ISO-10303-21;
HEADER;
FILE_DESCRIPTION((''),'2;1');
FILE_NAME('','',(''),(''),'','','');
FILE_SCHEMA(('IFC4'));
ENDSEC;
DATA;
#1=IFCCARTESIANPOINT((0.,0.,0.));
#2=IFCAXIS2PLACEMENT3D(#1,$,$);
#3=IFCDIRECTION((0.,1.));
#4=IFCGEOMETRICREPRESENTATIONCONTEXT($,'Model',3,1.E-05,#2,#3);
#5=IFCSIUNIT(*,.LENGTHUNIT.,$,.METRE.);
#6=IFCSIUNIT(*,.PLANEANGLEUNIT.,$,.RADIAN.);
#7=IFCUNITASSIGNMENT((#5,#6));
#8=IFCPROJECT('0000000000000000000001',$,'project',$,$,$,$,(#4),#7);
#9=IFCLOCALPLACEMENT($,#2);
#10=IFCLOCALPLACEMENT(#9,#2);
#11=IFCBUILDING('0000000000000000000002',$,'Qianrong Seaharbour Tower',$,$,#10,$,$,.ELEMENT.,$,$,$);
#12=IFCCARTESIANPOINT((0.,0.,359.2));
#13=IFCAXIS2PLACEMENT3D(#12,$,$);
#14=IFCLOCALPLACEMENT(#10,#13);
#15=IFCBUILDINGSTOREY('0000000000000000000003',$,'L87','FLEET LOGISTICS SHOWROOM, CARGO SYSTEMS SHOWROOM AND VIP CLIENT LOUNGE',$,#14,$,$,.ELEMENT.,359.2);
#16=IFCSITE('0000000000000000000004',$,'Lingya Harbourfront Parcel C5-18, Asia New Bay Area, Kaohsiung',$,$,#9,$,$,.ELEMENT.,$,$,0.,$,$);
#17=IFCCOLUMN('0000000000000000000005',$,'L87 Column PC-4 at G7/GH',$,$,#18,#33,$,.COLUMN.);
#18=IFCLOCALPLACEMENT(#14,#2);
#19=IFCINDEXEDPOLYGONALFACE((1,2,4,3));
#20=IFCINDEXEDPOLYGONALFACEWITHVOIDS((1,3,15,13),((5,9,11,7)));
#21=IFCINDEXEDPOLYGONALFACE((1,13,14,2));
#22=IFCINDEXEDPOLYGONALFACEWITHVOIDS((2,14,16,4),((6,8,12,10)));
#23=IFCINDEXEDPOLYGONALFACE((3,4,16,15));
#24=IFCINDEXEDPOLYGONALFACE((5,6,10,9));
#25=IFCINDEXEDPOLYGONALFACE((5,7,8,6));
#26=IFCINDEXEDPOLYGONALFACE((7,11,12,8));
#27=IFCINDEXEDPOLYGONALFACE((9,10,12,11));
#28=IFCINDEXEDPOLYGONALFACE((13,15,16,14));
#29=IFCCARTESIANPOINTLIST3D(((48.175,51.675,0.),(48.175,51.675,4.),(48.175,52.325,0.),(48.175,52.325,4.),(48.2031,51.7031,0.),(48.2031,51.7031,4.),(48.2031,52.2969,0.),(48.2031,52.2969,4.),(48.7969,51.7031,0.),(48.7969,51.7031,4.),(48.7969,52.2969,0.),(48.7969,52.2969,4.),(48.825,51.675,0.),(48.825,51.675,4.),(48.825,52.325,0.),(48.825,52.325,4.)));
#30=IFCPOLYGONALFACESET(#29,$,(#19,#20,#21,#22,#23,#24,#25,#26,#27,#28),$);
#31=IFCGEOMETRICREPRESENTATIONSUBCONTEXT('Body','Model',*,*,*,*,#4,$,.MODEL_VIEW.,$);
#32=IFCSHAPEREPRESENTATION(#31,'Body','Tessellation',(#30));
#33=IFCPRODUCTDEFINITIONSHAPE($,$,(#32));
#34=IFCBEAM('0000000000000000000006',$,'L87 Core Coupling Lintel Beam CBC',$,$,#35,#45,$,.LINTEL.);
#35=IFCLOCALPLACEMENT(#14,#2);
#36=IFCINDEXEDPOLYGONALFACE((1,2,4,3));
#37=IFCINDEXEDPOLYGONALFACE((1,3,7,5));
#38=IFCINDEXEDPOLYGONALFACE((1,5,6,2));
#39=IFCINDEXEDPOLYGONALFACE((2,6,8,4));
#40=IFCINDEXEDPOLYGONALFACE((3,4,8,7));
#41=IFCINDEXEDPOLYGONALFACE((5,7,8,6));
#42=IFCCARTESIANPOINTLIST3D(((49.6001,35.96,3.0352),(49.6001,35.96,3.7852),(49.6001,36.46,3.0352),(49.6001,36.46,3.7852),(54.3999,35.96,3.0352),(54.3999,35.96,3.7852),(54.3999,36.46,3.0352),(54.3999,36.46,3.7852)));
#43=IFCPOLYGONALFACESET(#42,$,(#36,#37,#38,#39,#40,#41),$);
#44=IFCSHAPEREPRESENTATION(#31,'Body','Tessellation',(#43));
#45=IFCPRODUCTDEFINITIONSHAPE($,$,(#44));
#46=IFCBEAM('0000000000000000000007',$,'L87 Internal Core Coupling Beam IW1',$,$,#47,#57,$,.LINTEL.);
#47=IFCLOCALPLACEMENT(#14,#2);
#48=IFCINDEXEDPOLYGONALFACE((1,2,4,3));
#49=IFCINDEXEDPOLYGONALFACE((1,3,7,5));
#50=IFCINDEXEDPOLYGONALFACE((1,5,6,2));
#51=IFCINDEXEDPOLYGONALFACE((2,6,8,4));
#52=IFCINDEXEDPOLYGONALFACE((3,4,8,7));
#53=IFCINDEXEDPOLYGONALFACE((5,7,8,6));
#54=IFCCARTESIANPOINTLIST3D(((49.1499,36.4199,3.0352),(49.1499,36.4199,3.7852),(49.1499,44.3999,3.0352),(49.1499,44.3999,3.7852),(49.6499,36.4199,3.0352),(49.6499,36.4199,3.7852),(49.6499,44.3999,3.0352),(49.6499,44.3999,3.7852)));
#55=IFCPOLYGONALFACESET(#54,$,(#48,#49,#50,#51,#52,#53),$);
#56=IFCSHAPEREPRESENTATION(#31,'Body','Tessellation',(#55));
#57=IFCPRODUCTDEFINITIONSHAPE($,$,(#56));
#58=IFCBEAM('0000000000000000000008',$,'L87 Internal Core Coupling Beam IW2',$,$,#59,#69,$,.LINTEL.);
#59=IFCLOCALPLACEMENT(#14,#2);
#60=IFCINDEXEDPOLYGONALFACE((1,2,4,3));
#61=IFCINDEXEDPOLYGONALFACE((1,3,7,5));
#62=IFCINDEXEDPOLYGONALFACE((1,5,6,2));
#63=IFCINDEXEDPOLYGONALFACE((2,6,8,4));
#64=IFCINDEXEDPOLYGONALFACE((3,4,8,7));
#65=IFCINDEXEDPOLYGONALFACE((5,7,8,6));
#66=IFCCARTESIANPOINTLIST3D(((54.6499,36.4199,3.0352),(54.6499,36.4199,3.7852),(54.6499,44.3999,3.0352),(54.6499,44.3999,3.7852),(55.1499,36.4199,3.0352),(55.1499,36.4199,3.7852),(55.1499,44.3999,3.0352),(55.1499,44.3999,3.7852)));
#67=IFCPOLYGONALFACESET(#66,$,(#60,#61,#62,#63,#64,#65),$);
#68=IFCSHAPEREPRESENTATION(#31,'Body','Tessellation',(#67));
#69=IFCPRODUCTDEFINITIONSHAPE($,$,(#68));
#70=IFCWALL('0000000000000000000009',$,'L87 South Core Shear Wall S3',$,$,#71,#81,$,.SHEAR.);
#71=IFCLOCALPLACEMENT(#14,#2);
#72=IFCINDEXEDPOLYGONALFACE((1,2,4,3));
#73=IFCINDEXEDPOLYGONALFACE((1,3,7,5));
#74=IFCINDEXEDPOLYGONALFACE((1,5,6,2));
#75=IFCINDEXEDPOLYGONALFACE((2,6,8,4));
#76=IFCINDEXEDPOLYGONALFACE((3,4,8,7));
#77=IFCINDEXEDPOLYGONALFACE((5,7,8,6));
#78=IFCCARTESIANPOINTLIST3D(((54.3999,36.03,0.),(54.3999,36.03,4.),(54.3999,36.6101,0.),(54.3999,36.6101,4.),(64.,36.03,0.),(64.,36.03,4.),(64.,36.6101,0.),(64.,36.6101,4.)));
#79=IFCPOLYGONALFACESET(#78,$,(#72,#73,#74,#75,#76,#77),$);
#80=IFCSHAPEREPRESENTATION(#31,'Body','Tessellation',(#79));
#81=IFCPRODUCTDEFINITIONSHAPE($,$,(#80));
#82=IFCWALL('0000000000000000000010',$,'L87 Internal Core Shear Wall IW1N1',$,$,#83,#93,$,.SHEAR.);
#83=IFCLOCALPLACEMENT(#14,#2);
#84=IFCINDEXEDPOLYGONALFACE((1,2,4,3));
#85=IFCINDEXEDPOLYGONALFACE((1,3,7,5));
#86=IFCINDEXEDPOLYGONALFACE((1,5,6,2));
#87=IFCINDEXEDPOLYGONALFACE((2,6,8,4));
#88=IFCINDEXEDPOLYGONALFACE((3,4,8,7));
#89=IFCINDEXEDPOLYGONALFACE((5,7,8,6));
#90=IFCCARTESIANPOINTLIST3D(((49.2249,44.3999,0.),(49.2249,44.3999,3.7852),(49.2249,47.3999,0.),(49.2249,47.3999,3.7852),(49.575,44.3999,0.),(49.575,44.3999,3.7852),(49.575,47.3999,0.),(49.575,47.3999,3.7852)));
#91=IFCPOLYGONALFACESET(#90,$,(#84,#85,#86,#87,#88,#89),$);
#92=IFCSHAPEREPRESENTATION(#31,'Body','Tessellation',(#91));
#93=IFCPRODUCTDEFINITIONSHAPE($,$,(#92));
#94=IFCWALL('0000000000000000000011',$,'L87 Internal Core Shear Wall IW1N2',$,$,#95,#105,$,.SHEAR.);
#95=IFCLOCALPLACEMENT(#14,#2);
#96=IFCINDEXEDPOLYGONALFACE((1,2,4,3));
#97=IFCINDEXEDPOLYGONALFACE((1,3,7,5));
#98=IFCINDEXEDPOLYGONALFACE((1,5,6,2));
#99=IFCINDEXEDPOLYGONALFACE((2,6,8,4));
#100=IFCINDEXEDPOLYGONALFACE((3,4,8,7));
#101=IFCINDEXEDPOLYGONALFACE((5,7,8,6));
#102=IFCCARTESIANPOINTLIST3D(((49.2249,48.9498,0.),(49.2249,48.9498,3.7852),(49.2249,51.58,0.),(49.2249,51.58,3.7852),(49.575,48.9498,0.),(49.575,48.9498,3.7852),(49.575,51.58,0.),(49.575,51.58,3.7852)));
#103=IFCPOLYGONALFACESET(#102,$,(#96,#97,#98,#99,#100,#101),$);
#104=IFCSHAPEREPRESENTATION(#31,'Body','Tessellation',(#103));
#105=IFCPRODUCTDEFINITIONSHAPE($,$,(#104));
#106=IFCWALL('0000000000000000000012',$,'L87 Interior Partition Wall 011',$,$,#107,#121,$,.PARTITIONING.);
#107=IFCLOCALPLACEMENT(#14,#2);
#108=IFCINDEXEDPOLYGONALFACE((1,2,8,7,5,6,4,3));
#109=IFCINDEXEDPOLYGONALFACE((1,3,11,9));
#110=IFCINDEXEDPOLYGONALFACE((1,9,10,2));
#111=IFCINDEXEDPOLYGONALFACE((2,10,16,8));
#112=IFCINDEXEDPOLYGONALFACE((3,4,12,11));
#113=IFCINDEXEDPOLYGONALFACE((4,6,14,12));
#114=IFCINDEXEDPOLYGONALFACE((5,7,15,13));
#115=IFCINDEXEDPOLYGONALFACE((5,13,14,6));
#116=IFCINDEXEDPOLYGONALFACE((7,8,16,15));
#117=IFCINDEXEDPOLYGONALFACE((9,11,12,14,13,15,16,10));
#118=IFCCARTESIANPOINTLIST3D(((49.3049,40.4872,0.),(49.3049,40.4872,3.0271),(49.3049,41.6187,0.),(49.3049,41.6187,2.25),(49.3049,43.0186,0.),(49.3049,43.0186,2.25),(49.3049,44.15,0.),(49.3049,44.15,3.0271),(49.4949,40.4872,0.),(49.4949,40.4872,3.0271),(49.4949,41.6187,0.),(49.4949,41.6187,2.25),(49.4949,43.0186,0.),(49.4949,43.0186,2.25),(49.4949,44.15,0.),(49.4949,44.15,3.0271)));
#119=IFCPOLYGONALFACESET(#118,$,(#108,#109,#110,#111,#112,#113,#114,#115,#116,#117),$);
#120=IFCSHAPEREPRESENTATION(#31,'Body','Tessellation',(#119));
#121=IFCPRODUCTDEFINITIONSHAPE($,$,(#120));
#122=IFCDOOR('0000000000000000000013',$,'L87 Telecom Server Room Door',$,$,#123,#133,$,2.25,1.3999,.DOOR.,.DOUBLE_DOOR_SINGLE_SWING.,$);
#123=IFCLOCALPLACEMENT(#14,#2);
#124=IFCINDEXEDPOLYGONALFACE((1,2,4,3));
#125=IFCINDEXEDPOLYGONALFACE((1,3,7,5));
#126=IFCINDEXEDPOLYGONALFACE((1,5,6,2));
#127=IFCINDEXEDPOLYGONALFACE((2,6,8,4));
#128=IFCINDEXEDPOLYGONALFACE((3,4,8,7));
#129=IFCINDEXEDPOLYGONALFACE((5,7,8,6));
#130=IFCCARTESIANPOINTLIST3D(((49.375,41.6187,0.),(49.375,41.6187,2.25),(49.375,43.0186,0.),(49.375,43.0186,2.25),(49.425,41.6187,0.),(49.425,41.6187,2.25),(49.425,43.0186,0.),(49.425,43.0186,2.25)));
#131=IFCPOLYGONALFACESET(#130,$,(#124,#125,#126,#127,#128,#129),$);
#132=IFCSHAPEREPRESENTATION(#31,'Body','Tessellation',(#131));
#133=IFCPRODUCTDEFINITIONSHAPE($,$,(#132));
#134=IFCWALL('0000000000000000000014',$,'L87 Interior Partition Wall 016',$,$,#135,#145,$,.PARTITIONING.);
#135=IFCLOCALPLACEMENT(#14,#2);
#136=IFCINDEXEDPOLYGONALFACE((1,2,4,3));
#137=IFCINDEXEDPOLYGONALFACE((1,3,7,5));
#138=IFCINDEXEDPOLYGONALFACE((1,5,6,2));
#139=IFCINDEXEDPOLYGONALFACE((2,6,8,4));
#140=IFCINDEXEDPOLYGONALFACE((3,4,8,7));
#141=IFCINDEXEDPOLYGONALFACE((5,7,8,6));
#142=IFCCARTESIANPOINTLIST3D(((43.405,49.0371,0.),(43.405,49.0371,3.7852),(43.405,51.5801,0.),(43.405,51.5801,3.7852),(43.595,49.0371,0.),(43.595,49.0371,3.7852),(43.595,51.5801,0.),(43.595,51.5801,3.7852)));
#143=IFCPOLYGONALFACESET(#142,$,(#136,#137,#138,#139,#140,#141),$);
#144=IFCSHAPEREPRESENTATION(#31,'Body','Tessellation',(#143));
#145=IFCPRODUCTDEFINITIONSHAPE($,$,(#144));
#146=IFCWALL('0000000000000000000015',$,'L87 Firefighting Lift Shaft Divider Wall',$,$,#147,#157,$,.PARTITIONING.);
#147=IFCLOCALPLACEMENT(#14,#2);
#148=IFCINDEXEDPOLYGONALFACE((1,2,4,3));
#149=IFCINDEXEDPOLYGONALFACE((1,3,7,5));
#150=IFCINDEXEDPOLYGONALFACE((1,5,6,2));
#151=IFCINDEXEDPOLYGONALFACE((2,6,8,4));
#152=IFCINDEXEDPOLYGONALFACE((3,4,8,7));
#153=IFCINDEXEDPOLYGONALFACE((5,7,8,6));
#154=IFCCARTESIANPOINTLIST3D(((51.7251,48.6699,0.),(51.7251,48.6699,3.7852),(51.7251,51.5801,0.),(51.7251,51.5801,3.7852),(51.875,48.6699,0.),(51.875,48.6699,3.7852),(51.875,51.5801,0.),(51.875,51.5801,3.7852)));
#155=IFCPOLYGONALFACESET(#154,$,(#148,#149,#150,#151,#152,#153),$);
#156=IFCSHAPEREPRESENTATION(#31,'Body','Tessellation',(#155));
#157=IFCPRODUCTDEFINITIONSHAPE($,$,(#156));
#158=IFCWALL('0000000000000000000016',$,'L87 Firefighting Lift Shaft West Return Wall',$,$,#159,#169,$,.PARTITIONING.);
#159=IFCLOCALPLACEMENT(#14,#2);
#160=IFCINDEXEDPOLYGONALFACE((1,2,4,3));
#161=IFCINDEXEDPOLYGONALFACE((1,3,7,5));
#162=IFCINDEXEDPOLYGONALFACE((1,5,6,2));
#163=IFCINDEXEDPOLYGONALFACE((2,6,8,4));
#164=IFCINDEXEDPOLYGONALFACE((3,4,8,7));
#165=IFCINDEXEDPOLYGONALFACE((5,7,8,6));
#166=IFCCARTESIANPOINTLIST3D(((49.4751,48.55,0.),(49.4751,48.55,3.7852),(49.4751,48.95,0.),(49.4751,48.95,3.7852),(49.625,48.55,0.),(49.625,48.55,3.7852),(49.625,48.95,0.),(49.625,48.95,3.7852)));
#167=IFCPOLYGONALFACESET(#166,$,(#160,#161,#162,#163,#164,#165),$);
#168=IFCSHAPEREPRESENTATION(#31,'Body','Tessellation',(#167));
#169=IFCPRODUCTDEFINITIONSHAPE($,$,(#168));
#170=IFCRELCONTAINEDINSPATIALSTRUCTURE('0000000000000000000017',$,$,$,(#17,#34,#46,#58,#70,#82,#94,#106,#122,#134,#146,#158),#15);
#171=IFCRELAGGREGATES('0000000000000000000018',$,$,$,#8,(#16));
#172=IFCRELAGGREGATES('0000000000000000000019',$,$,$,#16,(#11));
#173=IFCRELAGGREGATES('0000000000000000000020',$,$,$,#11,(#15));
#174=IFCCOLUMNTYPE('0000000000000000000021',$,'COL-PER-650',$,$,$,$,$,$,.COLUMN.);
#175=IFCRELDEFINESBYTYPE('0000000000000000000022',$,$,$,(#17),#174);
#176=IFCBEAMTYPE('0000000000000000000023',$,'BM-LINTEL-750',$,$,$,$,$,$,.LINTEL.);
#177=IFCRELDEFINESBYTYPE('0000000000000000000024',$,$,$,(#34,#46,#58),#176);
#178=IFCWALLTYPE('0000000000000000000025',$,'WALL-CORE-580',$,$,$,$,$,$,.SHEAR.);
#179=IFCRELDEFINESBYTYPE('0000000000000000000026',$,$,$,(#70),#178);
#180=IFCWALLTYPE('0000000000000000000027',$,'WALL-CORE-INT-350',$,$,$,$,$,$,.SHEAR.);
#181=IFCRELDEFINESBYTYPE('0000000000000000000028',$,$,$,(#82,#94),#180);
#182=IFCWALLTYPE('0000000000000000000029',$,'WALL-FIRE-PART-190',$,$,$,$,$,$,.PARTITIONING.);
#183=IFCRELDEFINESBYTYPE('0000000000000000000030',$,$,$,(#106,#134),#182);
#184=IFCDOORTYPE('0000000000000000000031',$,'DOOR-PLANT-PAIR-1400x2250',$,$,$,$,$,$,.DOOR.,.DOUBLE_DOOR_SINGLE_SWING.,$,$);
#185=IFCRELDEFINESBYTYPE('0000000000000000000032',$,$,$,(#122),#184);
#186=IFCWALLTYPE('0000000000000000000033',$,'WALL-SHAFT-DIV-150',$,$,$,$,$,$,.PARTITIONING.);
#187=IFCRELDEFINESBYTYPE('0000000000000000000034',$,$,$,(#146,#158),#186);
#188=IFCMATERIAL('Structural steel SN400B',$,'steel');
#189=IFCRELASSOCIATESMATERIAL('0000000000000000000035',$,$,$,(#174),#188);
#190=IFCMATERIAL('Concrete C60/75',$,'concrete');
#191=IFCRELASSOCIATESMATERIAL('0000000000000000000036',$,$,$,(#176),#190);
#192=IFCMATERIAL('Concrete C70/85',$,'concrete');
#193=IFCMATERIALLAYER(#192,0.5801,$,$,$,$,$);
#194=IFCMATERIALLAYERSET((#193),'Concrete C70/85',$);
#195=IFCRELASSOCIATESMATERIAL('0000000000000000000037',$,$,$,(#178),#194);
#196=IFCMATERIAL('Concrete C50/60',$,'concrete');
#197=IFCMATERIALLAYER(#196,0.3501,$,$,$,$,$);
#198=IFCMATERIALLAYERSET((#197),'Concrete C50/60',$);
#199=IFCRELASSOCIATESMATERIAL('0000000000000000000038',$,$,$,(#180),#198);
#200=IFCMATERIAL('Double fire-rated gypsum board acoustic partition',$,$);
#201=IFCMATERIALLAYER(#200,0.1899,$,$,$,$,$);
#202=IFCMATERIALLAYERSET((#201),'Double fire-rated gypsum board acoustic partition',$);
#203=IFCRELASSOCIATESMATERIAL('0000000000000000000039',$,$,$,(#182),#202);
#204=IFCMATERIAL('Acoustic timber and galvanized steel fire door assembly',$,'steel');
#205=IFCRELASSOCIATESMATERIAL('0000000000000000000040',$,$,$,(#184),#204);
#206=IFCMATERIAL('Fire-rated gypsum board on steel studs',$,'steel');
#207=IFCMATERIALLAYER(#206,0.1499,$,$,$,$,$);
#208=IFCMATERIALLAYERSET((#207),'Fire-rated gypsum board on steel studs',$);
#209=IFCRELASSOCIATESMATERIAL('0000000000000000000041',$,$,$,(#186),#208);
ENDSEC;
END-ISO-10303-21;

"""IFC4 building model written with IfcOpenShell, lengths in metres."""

from ifc_helpers import new_model, si_unit, direction, frame, frame_2d, origin, origin_2d, place, context, subcontext, project, spatial, rectangle, hollow_rectangle, extrude, material, layer, layer_set, material_profile, profile_set, type_object, element, fill, save


model = new_model("IFC4")

# Units and contexts
model_context = context("Model", 3, precision=1e-05, world=origin(), true_north=direction((0.0, 1.0)))
body_context = subcontext(model_context, "Body", "Model", "MODEL_VIEW")
ifc_project = project(units=[si_unit("LENGTHUNIT", "METRE"), si_unit("PLANEANGLEUNIT", "RADIAN")], contexts=[model_context])

# Site, building, storey
site_placement = place(None, origin())
site = spatial("IfcSite", under=ifc_project, at=site_placement, Name="Lingya Harbourfront Parcel C5-18, Asia New Bay Area, Kaohsiung", CompositionType="ELEMENT", RefElevation=0.0)
building_placement = place(site_placement, origin())
building = spatial("IfcBuilding", under=site, at=building_placement, Name="Qianrong Seaharbour Tower", CompositionType="ELEMENT")
storey_placement = place(building_placement, frame((0.0, 0.0, 359.2)))
storey = spatial("IfcBuildingStorey", under=building, at=storey_placement, Name="L87", Description="FLEET LOGISTICS SHOWROOM, CARGO SYSTEMS SHOWROOM AND VIP CLIENT LOUNGE", CompositionType="ELEMENT", Elevation=359.2)

# Column
ifc_material_1 = material(Name="Structural steel SN400B", Category="steel")
ifc_material_profile_1 = material_profile(ifc_material_1, hollow_rectangle(XDim=0.6499, YDim=0.6499, WallThickness=0.0281, at=origin_2d()), Name="BOX650x650x28")
ifc_profile_set_1 = profile_set([ifc_material_profile_1], Name="Structural steel SN400B")
column_type = type_object("IfcColumnType", Name="COL-PER-650", PredefinedType="COLUMN", material=ifc_profile_set_1)
column_placement = place(storey_placement, frame((48.5, 52.0, 0.0), z_axis=(0.0, 0.0, 1.0), x_axis=(1.0, 0.0, 0.0)))
element("IfcColumn", 1, at=column_placement, inside=storey, type_object=column_type, Name="L87 Column PC-4 at G7/GH", PredefinedType="COLUMN", context=body_context, shape_type="SweptSolid", body=[
    extrude(hollow_rectangle(XDim=0.6499, YDim=0.6499, WallThickness=0.0281, at=origin_2d()), origin(), (0.0, 0.0, 1.0), 4.0),
])

# Beams
ifc_material_2 = material(Name="Concrete C60/75", Category="concrete")
ifc_material_profile_2 = material_profile(ifc_material_2, rectangle(XDim=0.5, YDim=0.75, at=origin_2d()), Name="RC500x750")
ifc_profile_set_2 = profile_set([ifc_material_profile_2], Name="Concrete C60/75")
beam_type = type_object("IfcBeamType", Name="BM-LINTEL-750", PredefinedType="LINTEL", material=ifc_profile_set_2)
beam_placement = place(storey_placement, frame((49.6001, 36.21, 3.4102), z_axis=(1.0, 0.0, 0.0), x_axis=(0.0, 1.0, 0.0)))
element("IfcBeam", 2, at=beam_placement, inside=storey, type_object=beam_type, Name="L87 Core Coupling Lintel Beam CBC", PredefinedType="LINTEL", context=body_context, shape_type="SweptSolid", body=[
    extrude(rectangle(XDim=0.5, YDim=0.75, at=origin_2d()), origin(), (0.0, 0.0, 1.0), 4.7998),
])
for number, where, z_axis, x_axis, name in (
    (3, (49.3999, 36.4199, 3.4102), (0.0, 1.0, 0.0), (-1.0, 0.0, 0.0), "L87 Internal Core Coupling Beam IW1"),
    (4, (54.8999, 36.4199, 3.4102), (0.0, 1.0, 0.0), (-1.0, 0.0, 0.0), "L87 Internal Core Coupling Beam IW2"),
):
    element("IfcBeam", number, at=place(storey_placement, frame(where, z_axis=z_axis, x_axis=x_axis)), inside=storey, type_object=beam_type, Name=name, PredefinedType="LINTEL", context=body_context, shape_type="SweptSolid", body=[
        extrude(rectangle(XDim=0.5, YDim=0.75, at=origin_2d()), origin(), (0.0, 0.0, 1.0), 7.98),
    ])

# Walls
ifc_material_3 = material(Name="Concrete C70/85", Category="concrete")
ifc_layer_1 = layer(ifc_material_3, 0.5801)
ifc_layer_set_1 = layer_set([ifc_layer_1], Name="Concrete C70/85")
wall_type_1 = type_object("IfcWallType", Name="WALL-CORE-580", PredefinedType="SHEAR", material=ifc_layer_set_1)
wall_1_placement = place(storey_placement, frame((54.3999, 36.3201, 0.0), z_axis=(0.0, 0.0, 1.0), x_axis=(1.0, 0.0, 0.0)))
element("IfcWall", 5, at=wall_1_placement, inside=storey, type_object=wall_type_1, Name="L87 South Core Shear Wall S3", PredefinedType="SHEAR", context=body_context, shape_type="SweptSolid", body=[
    extrude(rectangle(XDim=9.6001, YDim=0.5801, at=frame_2d((4.8, 0.0))), origin(), (0.0, 0.0, 1.0), 4.0),
])
ifc_material_4 = material(Name="Concrete C50/60", Category="concrete")
ifc_layer_2 = layer(ifc_material_4, 0.3501)
ifc_layer_set_2 = layer_set([ifc_layer_2], Name="Concrete C50/60")
wall_type_2 = type_object("IfcWallType", Name="WALL-CORE-INT-350", PredefinedType="SHEAR", material=ifc_layer_set_2)
wall_2_placement = place(storey_placement, frame((49.3999, 44.3999, 0.0), z_axis=(0.0, 0.0, 1.0), x_axis=(0.0, 1.0, 0.0)))
element("IfcWall", 6, at=wall_2_placement, inside=storey, type_object=wall_type_2, Name="L87 Internal Core Shear Wall IW1N1", PredefinedType="SHEAR", context=body_context, shape_type="SweptSolid", body=[
    extrude(rectangle(XDim=3.0, YDim=0.3501, at=frame_2d((1.5, 0.0))), origin(), (0.0, 0.0, 1.0), 3.7852),
])
wall_3_placement = place(storey_placement, frame((49.3999, 48.95, 0.0), z_axis=(0.0, 0.0, 1.0), x_axis=(0.0, 1.0, 0.0)))
element("IfcWall", 7, at=wall_3_placement, inside=storey, type_object=wall_type_2, Name="L87 Internal Core Shear Wall IW1N2", PredefinedType="SHEAR", context=body_context, shape_type="SweptSolid", body=[
    extrude(rectangle(XDim=2.6301, YDim=0.3501, at=frame_2d((1.3149, 0.0))), origin(), (0.0, 0.0, 1.0), 3.7852),
])

# Wall, opening, door
ifc_material_5 = material(Name="Acoustic timber and galvanized steel fire door assembly", Category="steel")
ifc_material_6 = material(Name="Double fire-rated gypsum board acoustic partition")
ifc_layer_3 = layer(ifc_material_6, 0.1899)
ifc_layer_set_3 = layer_set([ifc_layer_3], Name="Double fire-rated gypsum board acoustic partition")
wall_type_3 = type_object("IfcWallType", Name="WALL-FIRE-PART-190", PredefinedType="PARTITIONING", material=ifc_layer_set_3)
wall_4_placement = place(storey_placement, frame((49.3999, 40.4871, 0.0), z_axis=(0.0, 0.0, 1.0), x_axis=(0.0, 1.0, 0.0)))
wall_4 = element("IfcWall", 8, at=wall_4_placement, inside=storey, type_object=wall_type_3, Name="L87 Interior Partition Wall 011", PredefinedType="PARTITIONING", context=body_context, shape_type="SweptSolid", body=[
    extrude(rectangle(XDim=3.6628, YDim=0.1899, at=frame_2d((1.8315, 0.0))), origin(), (0.0, 0.0, 1.0), 3.0271),
])
opening_1_placement = place(wall_4_placement, frame((1.1316, 0.0, 0.0)))
opening_1 = element("IfcOpeningElement", 9, at=opening_1_placement, cuts=wall_4, PredefinedType="OPENING", context=body_context, shape_type="SweptSolid", body=[
    extrude(rectangle(XDim=1.3999, YDim=2.25, at=frame_2d((0.7, 1.125))), frame((0.0, 0.105, 0.0), z_axis=(0.0, -1.0, 0.0), x_axis=(1.0, 0.0, 0.0)), (0.0, 0.0, 1.0), 0.21),
])
door_type_1 = type_object("IfcDoorType", Name="DOOR-PLANT-PAIR-1400x2250", OperationType="DOUBLE_DOOR_SINGLE_SWING", PredefinedType="DOOR", material=ifc_material_5)
door_1_placement = place(opening_1_placement, origin())
door_1 = element("IfcDoor", 10, at=door_1_placement, inside=storey, type_object=door_type_1, Name="L87 Telecom Server Room Door", OperationType="DOUBLE_DOOR_SINGLE_SWING", OverallHeight=2.25, OverallWidth=1.3999, PredefinedType="DOOR", context=body_context, shape_type="SweptSolid", body=[
    extrude(rectangle(XDim=1.3999, YDim=2.25, at=frame_2d((0.7, 1.125))), frame((0.0, 0.0249, 0.0), z_axis=(0.0, -1.0, 0.0), x_axis=(1.0, 0.0, 0.0)), (0.0, 0.0, 1.0), 0.05),
])
fill(opening_1, door_1)

# Walls
wall_5_placement = place(storey_placement, frame((43.5, 51.5801, 0.0), z_axis=(0.0, 0.0, 1.0), x_axis=(0.0, -1.0, 0.0)))
element("IfcWall", 11, at=wall_5_placement, inside=storey, type_object=wall_type_3, Name="L87 Interior Partition Wall 016", PredefinedType="PARTITIONING", context=body_context, shape_type="SweptSolid", body=[
    extrude(rectangle(XDim=2.543, YDim=0.1899, at=frame_2d((1.2715, 0.0))), origin(), (0.0, 0.0, 1.0), 3.7852),
])
ifc_material_7 = material(Name="Fire-rated gypsum board on steel studs", Category="steel")
ifc_layer_4 = layer(ifc_material_7, 0.1499)
ifc_layer_set_4 = layer_set([ifc_layer_4], Name="Fire-rated gypsum board on steel studs")
wall_type_4 = type_object("IfcWallType", Name="WALL-SHAFT-DIV-150", PredefinedType="PARTITIONING", material=ifc_layer_set_4)
wall_6_placement = place(storey_placement, frame((51.8, 48.6699, 0.0), z_axis=(0.0, 0.0, 1.0), x_axis=(0.0, 1.0, 0.0)))
element("IfcWall", 12, at=wall_6_placement, inside=storey, type_object=wall_type_4, Name="L87 Firefighting Lift Shaft Divider Wall", PredefinedType="PARTITIONING", context=body_context, shape_type="SweptSolid", body=[
    extrude(rectangle(XDim=2.9102, YDim=0.1499, at=frame_2d((1.4551, 0.0))), origin(), (0.0, 0.0, 1.0), 3.7852),
])
wall_7_placement = place(storey_placement, frame((49.55, 48.55, 0.0), z_axis=(0.0, 0.0, 1.0), x_axis=(0.0, 1.0, 0.0)))
element("IfcWall", 13, at=wall_7_placement, inside=storey, type_object=wall_type_4, Name="L87 Firefighting Lift Shaft West Return Wall", PredefinedType="PARTITIONING", context=body_context, shape_type="SweptSolid", body=[
    extrude(rectangle(XDim=0.3999, YDim=0.1499, at=frame_2d((0.2, 0.0))), origin(), (0.0, 0.0, 1.0), 3.7852),
])

save(model, "model.ifc")
